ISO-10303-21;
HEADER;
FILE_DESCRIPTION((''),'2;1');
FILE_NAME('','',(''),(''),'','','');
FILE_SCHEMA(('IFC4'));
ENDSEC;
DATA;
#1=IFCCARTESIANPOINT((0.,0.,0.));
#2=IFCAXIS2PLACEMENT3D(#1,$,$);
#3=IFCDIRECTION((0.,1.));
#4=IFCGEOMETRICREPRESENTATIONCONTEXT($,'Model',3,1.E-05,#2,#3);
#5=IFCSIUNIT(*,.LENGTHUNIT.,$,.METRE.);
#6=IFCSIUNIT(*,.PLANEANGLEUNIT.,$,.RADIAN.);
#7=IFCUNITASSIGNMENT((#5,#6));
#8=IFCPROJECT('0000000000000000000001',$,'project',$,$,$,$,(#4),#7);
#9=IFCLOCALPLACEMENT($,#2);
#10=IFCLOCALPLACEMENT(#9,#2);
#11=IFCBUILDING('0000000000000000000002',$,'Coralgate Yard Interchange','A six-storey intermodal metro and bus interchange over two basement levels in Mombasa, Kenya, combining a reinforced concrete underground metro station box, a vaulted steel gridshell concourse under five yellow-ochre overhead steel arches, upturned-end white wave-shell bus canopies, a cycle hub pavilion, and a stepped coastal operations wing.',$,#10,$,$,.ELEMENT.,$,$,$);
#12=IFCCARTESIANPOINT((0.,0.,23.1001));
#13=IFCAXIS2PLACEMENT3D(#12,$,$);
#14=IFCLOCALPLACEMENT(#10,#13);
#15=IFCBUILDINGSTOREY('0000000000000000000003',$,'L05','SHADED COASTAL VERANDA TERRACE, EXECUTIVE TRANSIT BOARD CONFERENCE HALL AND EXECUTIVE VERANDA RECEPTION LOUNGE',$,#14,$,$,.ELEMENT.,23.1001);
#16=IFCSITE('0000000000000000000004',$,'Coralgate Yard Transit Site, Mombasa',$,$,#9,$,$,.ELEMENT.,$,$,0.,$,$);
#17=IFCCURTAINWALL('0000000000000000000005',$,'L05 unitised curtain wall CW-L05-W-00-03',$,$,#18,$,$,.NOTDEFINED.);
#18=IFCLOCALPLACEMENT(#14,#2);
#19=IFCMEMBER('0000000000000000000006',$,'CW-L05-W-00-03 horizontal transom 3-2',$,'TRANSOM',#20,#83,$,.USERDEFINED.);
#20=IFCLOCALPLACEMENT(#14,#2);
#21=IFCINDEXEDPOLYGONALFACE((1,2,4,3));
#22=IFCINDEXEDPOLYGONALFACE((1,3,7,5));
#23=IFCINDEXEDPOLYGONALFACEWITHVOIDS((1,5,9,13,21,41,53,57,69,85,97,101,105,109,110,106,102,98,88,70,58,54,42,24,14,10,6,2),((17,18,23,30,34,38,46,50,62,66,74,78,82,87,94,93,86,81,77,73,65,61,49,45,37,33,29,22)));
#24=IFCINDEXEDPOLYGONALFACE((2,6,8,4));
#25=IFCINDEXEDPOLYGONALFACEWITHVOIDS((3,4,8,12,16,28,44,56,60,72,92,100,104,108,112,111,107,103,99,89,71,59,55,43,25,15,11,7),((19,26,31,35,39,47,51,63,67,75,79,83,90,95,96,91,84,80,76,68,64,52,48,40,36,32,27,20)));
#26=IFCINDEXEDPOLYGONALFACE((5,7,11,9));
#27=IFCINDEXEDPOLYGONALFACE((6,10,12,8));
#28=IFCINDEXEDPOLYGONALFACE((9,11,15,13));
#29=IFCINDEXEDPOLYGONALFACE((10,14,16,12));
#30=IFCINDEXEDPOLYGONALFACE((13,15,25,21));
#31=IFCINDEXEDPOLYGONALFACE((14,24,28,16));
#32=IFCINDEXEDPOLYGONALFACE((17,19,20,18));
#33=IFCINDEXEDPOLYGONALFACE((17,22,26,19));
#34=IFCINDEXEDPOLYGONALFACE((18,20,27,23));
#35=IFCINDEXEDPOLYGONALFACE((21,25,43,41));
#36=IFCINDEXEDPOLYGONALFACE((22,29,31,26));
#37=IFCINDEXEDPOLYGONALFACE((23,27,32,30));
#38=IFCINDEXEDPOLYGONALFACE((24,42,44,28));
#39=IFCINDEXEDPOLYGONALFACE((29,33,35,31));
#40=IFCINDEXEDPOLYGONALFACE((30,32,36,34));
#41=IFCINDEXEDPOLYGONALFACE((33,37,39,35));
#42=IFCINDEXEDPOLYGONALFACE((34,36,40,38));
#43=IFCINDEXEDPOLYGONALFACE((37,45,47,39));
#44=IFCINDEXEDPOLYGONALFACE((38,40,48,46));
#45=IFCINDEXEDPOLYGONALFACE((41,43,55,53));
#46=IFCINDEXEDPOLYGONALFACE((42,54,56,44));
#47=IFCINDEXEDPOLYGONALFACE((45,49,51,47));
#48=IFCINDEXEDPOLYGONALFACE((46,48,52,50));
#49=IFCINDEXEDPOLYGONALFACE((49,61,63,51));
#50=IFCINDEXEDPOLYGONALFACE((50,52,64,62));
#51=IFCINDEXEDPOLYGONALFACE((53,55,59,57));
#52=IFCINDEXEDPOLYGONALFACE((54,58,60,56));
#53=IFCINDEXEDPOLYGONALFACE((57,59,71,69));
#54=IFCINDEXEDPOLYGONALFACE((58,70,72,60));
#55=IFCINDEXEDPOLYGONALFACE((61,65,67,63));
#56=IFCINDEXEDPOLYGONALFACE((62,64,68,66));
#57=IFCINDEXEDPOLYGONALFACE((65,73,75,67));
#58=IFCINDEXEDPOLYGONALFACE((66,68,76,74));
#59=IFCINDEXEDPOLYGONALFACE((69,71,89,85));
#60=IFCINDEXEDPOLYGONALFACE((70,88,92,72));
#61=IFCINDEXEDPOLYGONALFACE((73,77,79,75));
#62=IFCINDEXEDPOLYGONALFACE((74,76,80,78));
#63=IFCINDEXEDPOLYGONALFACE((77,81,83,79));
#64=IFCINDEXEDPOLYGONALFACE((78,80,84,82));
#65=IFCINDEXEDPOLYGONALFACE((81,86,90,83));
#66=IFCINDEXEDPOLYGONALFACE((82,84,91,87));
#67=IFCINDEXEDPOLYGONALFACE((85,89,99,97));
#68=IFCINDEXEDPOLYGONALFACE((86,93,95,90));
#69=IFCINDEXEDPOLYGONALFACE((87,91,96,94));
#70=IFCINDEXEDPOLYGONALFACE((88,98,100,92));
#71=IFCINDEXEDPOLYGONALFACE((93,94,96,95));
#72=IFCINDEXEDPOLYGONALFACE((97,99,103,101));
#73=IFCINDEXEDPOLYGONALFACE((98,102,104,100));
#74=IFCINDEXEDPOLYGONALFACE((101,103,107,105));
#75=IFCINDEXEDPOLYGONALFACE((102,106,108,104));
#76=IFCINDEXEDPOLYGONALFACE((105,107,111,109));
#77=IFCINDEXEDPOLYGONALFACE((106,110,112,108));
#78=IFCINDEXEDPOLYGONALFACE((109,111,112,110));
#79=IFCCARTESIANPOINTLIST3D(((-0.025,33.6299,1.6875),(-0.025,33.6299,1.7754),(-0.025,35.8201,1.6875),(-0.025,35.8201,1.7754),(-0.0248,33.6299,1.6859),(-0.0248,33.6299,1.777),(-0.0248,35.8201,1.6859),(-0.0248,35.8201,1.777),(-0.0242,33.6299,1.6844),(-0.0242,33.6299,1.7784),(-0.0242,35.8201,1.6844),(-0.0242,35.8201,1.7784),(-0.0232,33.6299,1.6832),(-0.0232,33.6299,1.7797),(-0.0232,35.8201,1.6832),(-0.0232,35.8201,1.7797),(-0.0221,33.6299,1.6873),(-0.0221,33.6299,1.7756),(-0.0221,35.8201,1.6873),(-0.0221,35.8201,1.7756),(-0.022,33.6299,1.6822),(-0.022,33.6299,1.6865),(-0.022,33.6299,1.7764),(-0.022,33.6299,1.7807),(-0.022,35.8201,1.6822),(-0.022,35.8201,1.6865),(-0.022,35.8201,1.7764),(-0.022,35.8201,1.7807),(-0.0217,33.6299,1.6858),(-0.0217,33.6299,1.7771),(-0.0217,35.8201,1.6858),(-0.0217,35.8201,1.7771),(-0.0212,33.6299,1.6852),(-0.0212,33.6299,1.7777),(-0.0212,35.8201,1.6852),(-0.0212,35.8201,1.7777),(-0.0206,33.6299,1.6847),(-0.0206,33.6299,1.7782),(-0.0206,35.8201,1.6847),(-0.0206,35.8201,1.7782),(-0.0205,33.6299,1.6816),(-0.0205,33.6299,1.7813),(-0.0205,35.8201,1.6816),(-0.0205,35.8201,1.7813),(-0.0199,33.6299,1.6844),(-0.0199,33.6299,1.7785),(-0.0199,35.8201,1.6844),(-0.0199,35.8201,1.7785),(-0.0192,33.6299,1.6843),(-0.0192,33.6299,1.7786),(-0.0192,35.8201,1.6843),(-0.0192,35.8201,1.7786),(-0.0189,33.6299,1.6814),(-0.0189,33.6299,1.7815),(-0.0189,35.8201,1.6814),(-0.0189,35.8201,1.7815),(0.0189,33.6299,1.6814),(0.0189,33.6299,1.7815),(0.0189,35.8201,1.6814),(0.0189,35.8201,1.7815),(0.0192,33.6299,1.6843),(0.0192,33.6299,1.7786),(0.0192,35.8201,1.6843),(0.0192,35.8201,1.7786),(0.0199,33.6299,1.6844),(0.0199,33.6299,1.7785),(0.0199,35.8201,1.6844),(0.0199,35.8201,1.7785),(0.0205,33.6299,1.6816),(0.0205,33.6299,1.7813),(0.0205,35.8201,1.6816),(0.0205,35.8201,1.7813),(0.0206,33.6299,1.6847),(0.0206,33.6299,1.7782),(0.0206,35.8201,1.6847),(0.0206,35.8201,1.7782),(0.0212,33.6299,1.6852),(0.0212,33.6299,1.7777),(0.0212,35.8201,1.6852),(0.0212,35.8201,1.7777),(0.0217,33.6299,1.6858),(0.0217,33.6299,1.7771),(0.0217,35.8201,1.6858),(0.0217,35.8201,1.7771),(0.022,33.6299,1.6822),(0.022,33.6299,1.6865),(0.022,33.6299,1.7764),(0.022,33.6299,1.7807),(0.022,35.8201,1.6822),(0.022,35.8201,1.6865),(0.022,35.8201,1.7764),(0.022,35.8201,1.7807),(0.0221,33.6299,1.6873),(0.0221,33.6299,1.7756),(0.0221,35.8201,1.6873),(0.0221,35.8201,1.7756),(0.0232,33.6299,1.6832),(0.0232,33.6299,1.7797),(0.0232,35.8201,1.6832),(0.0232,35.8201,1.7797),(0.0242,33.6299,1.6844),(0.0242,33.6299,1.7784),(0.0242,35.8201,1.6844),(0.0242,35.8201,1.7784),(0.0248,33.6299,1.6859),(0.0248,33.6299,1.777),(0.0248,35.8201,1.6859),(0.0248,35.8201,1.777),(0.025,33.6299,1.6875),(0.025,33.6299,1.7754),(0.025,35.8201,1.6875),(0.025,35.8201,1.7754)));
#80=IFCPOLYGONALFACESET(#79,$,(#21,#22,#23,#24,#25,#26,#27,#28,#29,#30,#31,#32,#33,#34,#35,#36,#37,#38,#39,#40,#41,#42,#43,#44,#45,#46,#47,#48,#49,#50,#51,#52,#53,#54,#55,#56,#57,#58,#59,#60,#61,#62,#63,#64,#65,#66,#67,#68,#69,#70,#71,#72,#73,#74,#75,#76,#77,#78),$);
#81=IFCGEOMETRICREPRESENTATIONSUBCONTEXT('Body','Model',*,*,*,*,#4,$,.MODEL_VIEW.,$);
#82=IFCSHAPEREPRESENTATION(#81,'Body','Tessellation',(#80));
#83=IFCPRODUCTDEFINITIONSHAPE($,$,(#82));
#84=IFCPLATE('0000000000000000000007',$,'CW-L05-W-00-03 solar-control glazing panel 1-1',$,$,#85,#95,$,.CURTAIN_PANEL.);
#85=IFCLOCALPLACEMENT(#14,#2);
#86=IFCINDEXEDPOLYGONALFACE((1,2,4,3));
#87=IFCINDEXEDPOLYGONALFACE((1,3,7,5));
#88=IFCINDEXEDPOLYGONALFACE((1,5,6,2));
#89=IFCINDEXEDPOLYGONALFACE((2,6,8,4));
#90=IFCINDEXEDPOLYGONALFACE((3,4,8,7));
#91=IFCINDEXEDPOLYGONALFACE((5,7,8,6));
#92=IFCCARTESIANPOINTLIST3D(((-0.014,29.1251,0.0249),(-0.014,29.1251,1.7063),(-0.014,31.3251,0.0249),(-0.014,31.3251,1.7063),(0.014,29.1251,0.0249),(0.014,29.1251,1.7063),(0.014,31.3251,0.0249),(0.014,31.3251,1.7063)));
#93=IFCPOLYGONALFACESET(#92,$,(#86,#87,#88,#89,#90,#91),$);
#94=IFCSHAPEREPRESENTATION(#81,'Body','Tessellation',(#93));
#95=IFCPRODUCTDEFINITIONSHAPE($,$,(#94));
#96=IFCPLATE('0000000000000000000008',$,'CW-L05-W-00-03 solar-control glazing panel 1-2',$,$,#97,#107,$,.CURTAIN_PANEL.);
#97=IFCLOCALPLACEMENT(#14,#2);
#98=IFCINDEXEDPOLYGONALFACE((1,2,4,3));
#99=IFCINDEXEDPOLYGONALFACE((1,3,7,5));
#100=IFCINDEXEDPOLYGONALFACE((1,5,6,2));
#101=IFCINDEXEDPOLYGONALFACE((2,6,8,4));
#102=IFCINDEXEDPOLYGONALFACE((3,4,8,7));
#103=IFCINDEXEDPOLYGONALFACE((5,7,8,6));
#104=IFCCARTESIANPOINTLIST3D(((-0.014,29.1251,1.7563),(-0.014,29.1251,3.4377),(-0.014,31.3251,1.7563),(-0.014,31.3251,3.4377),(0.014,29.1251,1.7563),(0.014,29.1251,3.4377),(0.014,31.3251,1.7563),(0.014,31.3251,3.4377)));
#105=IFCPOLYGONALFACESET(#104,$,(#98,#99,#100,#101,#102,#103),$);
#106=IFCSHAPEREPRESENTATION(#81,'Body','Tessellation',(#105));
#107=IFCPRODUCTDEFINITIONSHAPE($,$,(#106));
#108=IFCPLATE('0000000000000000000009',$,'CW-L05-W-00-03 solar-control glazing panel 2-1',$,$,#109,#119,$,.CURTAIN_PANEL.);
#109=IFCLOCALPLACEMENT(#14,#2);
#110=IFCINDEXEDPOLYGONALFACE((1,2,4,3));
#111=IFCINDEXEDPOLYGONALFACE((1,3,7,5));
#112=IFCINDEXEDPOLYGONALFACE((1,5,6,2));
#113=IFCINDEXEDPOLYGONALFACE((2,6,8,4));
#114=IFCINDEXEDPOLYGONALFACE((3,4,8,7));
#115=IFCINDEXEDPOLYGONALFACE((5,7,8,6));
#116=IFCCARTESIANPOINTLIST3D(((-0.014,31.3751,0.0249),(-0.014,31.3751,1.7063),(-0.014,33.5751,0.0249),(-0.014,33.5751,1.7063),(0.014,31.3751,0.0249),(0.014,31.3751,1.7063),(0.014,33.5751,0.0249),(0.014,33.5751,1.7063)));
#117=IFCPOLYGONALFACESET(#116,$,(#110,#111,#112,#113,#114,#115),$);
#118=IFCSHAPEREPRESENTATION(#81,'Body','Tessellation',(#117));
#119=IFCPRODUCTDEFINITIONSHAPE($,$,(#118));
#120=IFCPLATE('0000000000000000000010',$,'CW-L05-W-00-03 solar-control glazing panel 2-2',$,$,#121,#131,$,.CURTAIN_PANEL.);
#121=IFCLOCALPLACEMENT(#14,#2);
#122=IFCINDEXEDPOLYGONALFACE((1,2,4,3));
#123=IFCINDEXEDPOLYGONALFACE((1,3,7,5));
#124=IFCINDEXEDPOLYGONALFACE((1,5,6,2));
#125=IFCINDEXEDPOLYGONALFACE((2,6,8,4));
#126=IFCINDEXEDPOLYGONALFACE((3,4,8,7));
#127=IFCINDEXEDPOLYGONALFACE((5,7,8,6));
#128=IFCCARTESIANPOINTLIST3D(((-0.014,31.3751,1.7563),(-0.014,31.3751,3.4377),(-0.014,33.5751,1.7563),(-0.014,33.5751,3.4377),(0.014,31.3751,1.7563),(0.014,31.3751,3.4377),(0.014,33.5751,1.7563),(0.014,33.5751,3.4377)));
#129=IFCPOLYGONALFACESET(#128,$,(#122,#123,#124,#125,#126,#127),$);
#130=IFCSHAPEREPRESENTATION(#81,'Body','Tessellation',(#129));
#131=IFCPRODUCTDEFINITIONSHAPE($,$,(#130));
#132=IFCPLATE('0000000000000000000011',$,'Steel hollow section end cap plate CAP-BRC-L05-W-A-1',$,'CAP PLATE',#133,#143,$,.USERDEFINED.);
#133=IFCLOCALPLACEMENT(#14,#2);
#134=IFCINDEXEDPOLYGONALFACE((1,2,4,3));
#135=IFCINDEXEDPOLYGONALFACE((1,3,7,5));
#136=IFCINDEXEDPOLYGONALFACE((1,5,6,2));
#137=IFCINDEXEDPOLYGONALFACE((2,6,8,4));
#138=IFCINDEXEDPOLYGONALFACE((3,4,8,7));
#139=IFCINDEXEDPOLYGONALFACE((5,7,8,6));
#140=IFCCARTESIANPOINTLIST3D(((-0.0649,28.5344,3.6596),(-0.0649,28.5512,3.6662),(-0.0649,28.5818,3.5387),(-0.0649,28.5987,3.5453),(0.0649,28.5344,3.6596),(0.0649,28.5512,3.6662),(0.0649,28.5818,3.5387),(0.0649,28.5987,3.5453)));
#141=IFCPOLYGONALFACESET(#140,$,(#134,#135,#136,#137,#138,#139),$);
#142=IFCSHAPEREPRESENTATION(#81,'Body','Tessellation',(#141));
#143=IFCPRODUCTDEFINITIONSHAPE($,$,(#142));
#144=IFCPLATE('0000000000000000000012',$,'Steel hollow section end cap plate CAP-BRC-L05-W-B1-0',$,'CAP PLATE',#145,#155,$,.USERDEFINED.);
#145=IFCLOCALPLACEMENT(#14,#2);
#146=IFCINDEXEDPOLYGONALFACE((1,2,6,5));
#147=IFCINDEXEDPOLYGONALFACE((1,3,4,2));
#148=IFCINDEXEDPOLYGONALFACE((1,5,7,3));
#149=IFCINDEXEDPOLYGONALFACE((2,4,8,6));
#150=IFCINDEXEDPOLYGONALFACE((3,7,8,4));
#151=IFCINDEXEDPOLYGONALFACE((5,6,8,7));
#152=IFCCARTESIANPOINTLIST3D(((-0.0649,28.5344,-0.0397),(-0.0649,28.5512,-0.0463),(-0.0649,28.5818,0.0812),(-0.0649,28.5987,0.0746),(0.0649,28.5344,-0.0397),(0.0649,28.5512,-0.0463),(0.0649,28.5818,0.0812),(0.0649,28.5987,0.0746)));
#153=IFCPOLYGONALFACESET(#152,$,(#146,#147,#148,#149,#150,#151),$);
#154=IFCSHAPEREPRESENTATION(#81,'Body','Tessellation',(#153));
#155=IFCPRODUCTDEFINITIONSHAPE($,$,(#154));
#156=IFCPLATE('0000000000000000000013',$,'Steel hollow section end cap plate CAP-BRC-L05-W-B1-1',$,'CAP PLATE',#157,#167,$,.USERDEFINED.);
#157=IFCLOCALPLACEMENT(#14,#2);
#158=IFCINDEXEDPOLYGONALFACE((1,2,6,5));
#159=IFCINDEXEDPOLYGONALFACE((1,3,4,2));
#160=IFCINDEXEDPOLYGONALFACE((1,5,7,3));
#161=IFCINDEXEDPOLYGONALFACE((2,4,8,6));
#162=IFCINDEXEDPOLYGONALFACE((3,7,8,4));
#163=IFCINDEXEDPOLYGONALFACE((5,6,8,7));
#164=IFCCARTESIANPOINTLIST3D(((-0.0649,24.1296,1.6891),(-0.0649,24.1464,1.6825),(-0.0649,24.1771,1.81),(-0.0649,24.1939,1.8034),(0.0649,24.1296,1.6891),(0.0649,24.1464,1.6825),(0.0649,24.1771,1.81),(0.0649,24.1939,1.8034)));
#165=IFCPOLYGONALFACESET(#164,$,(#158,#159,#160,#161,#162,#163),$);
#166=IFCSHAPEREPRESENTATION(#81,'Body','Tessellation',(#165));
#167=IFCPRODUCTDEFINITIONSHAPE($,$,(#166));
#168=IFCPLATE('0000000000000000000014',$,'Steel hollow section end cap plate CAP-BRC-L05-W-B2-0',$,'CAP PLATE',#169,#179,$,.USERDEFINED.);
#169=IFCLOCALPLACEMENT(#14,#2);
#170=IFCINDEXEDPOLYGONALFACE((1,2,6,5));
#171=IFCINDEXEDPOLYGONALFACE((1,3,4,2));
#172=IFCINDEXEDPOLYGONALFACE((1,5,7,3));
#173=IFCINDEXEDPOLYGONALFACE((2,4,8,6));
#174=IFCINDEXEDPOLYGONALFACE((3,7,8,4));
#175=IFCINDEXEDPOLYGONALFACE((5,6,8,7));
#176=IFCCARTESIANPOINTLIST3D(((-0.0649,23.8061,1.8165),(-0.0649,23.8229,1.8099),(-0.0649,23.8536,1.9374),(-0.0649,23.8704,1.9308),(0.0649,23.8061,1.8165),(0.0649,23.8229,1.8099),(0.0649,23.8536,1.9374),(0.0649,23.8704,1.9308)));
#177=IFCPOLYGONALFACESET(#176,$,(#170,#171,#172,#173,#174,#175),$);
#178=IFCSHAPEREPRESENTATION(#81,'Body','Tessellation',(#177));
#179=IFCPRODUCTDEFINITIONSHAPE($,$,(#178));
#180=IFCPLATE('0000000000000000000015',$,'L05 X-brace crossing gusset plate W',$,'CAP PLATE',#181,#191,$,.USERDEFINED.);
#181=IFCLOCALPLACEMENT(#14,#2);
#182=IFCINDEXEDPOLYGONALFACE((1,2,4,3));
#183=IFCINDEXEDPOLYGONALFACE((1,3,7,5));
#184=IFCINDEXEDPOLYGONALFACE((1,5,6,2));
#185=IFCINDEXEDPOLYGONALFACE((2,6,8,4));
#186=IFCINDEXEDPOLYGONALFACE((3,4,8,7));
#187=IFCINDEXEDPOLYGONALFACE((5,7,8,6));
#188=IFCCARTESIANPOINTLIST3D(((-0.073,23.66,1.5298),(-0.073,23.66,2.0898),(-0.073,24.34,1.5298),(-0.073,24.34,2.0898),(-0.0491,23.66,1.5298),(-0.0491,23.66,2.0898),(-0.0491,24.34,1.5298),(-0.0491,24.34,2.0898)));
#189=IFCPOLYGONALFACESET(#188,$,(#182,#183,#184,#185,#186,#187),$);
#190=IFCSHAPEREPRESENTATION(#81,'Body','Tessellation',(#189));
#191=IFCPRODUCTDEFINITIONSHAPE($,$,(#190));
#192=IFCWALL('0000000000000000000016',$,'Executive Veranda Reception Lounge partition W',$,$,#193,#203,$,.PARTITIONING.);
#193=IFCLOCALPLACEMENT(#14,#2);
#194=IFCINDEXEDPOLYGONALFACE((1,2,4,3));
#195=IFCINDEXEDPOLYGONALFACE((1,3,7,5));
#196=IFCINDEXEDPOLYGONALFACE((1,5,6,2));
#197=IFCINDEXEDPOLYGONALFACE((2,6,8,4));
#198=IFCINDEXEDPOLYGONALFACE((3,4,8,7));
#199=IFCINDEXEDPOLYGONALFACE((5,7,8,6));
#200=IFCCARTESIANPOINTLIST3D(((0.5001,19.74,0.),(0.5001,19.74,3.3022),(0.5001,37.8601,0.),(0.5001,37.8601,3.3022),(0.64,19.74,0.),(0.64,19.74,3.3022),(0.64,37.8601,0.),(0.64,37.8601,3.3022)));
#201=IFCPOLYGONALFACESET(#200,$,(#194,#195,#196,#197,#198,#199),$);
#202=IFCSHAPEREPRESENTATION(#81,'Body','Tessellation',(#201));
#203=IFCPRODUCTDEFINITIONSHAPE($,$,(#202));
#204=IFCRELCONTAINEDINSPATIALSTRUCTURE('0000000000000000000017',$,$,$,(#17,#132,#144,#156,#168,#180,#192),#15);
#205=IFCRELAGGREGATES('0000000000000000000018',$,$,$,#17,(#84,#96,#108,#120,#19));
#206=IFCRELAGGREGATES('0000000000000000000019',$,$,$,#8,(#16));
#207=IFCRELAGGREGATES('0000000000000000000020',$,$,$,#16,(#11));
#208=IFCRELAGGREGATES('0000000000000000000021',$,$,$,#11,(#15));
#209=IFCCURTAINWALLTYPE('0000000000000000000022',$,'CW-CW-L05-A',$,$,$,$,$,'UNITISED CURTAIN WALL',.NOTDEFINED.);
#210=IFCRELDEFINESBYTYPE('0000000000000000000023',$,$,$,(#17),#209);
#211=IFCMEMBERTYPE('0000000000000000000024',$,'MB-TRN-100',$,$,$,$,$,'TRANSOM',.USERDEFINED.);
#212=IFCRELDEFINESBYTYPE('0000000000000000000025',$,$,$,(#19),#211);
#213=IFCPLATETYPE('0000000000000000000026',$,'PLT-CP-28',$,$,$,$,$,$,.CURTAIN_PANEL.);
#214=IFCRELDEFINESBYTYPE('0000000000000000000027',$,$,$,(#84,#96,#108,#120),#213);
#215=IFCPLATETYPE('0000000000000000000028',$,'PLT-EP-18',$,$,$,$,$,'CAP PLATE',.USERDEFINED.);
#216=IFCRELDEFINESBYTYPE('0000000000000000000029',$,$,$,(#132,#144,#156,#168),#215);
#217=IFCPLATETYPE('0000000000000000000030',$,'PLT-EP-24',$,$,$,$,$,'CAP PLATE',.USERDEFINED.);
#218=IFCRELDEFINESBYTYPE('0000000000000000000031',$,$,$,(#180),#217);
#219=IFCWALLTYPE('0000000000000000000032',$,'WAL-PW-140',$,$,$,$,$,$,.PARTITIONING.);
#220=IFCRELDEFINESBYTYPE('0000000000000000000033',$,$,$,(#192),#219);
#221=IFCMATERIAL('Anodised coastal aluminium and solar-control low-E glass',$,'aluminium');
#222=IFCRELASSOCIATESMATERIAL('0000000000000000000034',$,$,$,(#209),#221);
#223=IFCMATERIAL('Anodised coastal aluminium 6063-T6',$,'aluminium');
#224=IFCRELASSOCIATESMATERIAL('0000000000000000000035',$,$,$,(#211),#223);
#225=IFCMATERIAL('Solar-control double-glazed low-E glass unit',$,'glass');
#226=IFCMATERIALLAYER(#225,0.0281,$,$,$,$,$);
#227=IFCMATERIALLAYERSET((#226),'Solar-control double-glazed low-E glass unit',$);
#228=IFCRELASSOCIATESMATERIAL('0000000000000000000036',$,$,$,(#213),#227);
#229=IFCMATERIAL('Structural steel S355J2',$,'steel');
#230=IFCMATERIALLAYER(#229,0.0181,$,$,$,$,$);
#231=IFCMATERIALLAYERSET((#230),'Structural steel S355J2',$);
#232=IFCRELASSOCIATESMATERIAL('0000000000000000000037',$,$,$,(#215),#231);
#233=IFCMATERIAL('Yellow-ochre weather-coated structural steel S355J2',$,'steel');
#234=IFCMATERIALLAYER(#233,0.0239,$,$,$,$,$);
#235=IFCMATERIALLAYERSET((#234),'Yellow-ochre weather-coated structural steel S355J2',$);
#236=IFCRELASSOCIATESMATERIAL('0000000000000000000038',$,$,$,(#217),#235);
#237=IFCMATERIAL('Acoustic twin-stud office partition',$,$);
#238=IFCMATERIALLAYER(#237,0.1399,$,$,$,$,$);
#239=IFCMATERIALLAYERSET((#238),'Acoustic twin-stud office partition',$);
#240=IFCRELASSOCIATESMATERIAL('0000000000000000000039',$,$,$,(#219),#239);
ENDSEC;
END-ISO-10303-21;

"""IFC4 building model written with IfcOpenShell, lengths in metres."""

from ifc_helpers import new_model, si_unit, direction, frame, frame_2d, origin, origin_2d, place, context, subcontext, project, spatial, rectangle, hollow_rectangle, extrude, material, layer, layer_set, material_profile, profile_set, type_object, element, aggregate, save


model = new_model("IFC4")

# Units and contexts
model_context = context("Model", 3, precision=1e-05, world=origin(), true_north=direction((0.0, 1.0)))
body_context = subcontext(model_context, "Body", "Model", "MODEL_VIEW")
ifc_project = project(units=[si_unit("LENGTHUNIT", "METRE"), si_unit("PLANEANGLEUNIT", "RADIAN")], contexts=[model_context])

# Site, building, storey
site_placement = place(None, origin())
site = spatial("IfcSite", under=ifc_project, at=site_placement, Name="Coralgate Yard Transit Site, Mombasa", CompositionType="ELEMENT", RefElevation=0.0)
building_placement = place(site_placement, origin())
building = spatial("IfcBuilding", under=site, at=building_placement, Name="Coralgate Yard Interchange", Description="A six-storey intermodal metro and bus interchange over two basement levels in Mombasa, Kenya, combining a reinforced concrete underground metro station box, a vaulted steel gridshell concourse under five yellow-ochre overhead steel arches, upturned-end white wave-shell bus canopies, a cycle hub pavilion, and a stepped coastal operations wing.", CompositionType="ELEMENT")
storey_placement = place(building_placement, frame((0.0, 0.0, 23.1001)))
storey = spatial("IfcBuildingStorey", under=building, at=storey_placement, Name="L05", Description="SHADED COASTAL VERANDA TERRACE, EXECUTIVE TRANSIT BOARD CONFERENCE HALL AND EXECUTIVE VERANDA RECEPTION LOUNGE", CompositionType="ELEMENT", Elevation=23.1001)

# Shared definitions
ifc_material_1 = material(Name="Structural steel S355J2", Category="steel")

# Curtain wall, member, plates
ifc_material_2 = material(Name="Anodised coastal aluminium and solar-control low-E glass", Category="aluminium")
curtain_wall_type = type_object("IfcCurtainWallType", Name="CW-CW-L05-A", ElementType="UNITISED CURTAIN WALL", PredefinedType="NOTDEFINED", material=ifc_material_2)
curtain_wall_placement = place(storey_placement, origin())
curtain_wall = element("IfcCurtainWall", 1, at=curtain_wall_placement, inside=storey, type_object=curtain_wall_type, Name="L05 unitised curtain wall CW-L05-W-00-03", PredefinedType="NOTDEFINED")
ifc_material_3 = material(Name="Anodised coastal aluminium 6063-T6", Category="aluminium")
ifc_material_profile_1 = material_profile(ifc_material_3, hollow_rectangle(XDim=0.05, YDim=0.1001, WallThickness=0.0029, InnerFilletRadius=0.0029, OuterFilletRadius=0.0061, at=origin_2d()), Name="ALU 50x100x3")
ifc_profile_set_1 = profile_set([ifc_material_profile_1], Name="Anodised coastal aluminium 6063-T6")
member_type_1 = type_object("IfcMemberType", Name="MB-TRN-100", ElementType="TRANSOM", PredefinedType="USERDEFINED", material=ifc_profile_set_1)
member_1_placement = place(storey_placement, frame((0.0, 33.6299, 1.7314), z_axis=(0.0, 1.0, 0.0), x_axis=(-1.0, 0.0, 0.0)))
member_1 = element("IfcMember", 2, at=member_1_placement, type_object=member_type_1, Name="CW-L05-W-00-03 horizontal transom 3-2", ObjectType="TRANSOM", PredefinedType="USERDEFINED", context=body_context, shape_type="SweptSolid", body=[
    extrude(hollow_rectangle(XDim=0.05, YDim=0.1001, WallThickness=0.0029, InnerFilletRadius=0.0029, OuterFilletRadius=0.0061, at=origin_2d()), origin(), (0.0, 0.0, 1.0), 2.1902),
])
ifc_material_4 = material(Name="Solar-control double-glazed low-E glass unit", Category="glass")
ifc_layer_1 = layer(ifc_material_4, 0.0281)
ifc_layer_set_1 = layer_set([ifc_layer_1], Name="Solar-control double-glazed low-E glass unit")
plate_type_1 = type_object("IfcPlateType", Name="PLT-CP-28", PredefinedType="CURTAIN_PANEL", material=ifc_layer_set_1)
plate_1_placement = place(storey_placement, frame((0.0, 30.2251, 0.0249), z_axis=(0.0, 0.0, 1.0), x_axis=(0.0, 1.0, 0.0)))
plate_1 = element("IfcPlate", 3, at=plate_1_placement, type_object=plate_type_1, Name="CW-L05-W-00-03 solar-control glazing panel 1-1", PredefinedType="CURTAIN_PANEL", context=body_context, shape_type="SweptSolid", body=[
    extrude(rectangle(XDim=2.2, YDim=0.0281, at=origin_2d()), origin(), (0.0, 0.0, 1.0), 1.6814),
])
plate_2_placement = place(storey_placement, frame((0.0, 30.2251, 1.7563), z_axis=(0.0, 0.0, 1.0), x_axis=(0.0, 1.0, 0.0)))
plate_2 = element("IfcPlate", 4, at=plate_2_placement, type_object=plate_type_1, Name="CW-L05-W-00-03 solar-control glazing panel 1-2", PredefinedType="CURTAIN_PANEL", context=body_context, shape_type="SweptSolid", body=[
    extrude(rectangle(XDim=2.2, YDim=0.0281, at=origin_2d()), origin(), (0.0, 0.0, 1.0), 1.6814),
])
plate_3_placement = place(storey_placement, frame((0.0, 32.4751, 0.0249), z_axis=(0.0, 0.0, 1.0), x_axis=(0.0, 1.0, 0.0)))
plate_3 = element("IfcPlate", 5, at=plate_3_placement, type_object=plate_type_1, Name="CW-L05-W-00-03 solar-control glazing panel 2-1", PredefinedType="CURTAIN_PANEL", context=body_context, shape_type="SweptSolid", body=[
    extrude(rectangle(XDim=2.2, YDim=0.0281, at=origin_2d()), origin(), (0.0, 0.0, 1.0), 1.6814),
])
plate_4_placement = place(storey_placement, frame((0.0, 32.4751, 1.7563), z_axis=(0.0, 0.0, 1.0), x_axis=(0.0, 1.0, 0.0)))
plate_4 = element("IfcPlate", 6, at=plate_4_placement, type_object=plate_type_1, Name="CW-L05-W-00-03 solar-control glazing panel 2-2", PredefinedType="CURTAIN_PANEL", context=body_context, shape_type="SweptSolid", body=[
    extrude(rectangle(XDim=2.2, YDim=0.0281, at=origin_2d()), origin(), (0.0, 0.0, 1.0), 1.6814),
])
aggregate(curtain_wall, [plate_1, plate_2, plate_3, plate_4, member_1])

# Plates
ifc_layer_2 = layer(ifc_material_1, 0.0181)
ifc_layer_set_2 = layer_set([ifc_layer_2], Name="Structural steel S355J2")
plate_type_2 = type_object("IfcPlateType", Name="PLT-EP-18", ElementType="CAP PLATE", PredefinedType="USERDEFINED", material=ifc_layer_set_2)
for number, where, z_axis, x_axis, name in (
    (7, (0.0, 28.5581, 3.5991), (0.0, 0.930851, 0.3654), (-1.0, 0.0, 0.0), "Steel hollow section end cap plate CAP-BRC-L05-W-A-1"),
    (8, (0.0, 28.5581, 0.0208), (0.0, 0.930851, -0.3654), (-1.0, 0.0, 0.0), "Steel hollow section end cap plate CAP-BRC-L05-W-B1-0"),
    (9, (0.0, 24.1702, 1.7429), (0.0, -0.930851, 0.3654), (1.0, 0.0, 0.0), "Steel hollow section end cap plate CAP-BRC-L05-W-B1-1"),
    (10, (0.0, 23.8298, 1.877), (0.0, 0.930851, -0.3654), (-1.0, 0.0, 0.0), "Steel hollow section end cap plate CAP-BRC-L05-W-B2-0"),
):
    element("IfcPlate", number, at=place(storey_placement, frame(where, z_axis=z_axis, x_axis=x_axis)), inside=storey, type_object=plate_type_2, Name=name, ObjectType="CAP PLATE", PredefinedType="USERDEFINED", context=body_context, shape_type="SweptSolid", body=[
        extrude(rectangle(XDim=0.1299, YDim=0.1299, at=origin_2d()), origin(), (0.0, 0.0, 1.0), 0.0181),
    ])
ifc_material_5 = material(Name="Yellow-ochre weather-coated structural steel S355J2", Category="steel")
ifc_layer_3 = layer(ifc_material_5, 0.0239)
ifc_layer_set_3 = layer_set([ifc_layer_3], Name="Yellow-ochre weather-coated structural steel S355J2")
plate_type_3 = type_object("IfcPlateType", Name="PLT-EP-24", ElementType="CAP PLATE", PredefinedType="USERDEFINED", material=ifc_layer_set_3)
plate_5_placement = place(storey_placement, frame((-0.061, 24.0, 1.5298), z_axis=(0.0, 0.0, 1.0), x_axis=(0.0, 1.0, 0.0)))
element("IfcPlate", 11, at=plate_5_placement, inside=storey, type_object=plate_type_3, Name="L05 X-brace crossing gusset plate W", ObjectType="CAP PLATE", PredefinedType="USERDEFINED", context=body_context, shape_type="SweptSolid", body=[
    extrude(rectangle(XDim=0.6799, YDim=0.0239, at=origin_2d()), origin(), (0.0, 0.0, 1.0), 0.5601),
])

# Wall
ifc_material_6 = material(Name="Acoustic twin-stud office partition")
ifc_layer_4 = layer(ifc_material_6, 0.1399)
ifc_layer_set_4 = layer_set([ifc_layer_4], Name="Acoustic twin-stud office partition")
wall_type = type_object("IfcWallType", Name="WAL-PW-140", PredefinedType="PARTITIONING", material=ifc_layer_set_4)
wall_placement = place(storey_placement, frame((0.5701, 19.74, 0.0), z_axis=(0.0, 0.0, 1.0), x_axis=(0.0, 1.0, 0.0)))
element("IfcWall", 12, at=wall_placement, inside=storey, type_object=wall_type, Name="Executive Veranda Reception Lounge partition W", PredefinedType="PARTITIONING", context=body_context, shape_type="SweptSolid", body=[
    extrude(rectangle(XDim=18.1201, YDim=0.1399, at=frame_2d((9.0601, 0.0))), origin(), (0.0, 0.0, 1.0), 3.3022),
])

save(model, "model.ifc")
